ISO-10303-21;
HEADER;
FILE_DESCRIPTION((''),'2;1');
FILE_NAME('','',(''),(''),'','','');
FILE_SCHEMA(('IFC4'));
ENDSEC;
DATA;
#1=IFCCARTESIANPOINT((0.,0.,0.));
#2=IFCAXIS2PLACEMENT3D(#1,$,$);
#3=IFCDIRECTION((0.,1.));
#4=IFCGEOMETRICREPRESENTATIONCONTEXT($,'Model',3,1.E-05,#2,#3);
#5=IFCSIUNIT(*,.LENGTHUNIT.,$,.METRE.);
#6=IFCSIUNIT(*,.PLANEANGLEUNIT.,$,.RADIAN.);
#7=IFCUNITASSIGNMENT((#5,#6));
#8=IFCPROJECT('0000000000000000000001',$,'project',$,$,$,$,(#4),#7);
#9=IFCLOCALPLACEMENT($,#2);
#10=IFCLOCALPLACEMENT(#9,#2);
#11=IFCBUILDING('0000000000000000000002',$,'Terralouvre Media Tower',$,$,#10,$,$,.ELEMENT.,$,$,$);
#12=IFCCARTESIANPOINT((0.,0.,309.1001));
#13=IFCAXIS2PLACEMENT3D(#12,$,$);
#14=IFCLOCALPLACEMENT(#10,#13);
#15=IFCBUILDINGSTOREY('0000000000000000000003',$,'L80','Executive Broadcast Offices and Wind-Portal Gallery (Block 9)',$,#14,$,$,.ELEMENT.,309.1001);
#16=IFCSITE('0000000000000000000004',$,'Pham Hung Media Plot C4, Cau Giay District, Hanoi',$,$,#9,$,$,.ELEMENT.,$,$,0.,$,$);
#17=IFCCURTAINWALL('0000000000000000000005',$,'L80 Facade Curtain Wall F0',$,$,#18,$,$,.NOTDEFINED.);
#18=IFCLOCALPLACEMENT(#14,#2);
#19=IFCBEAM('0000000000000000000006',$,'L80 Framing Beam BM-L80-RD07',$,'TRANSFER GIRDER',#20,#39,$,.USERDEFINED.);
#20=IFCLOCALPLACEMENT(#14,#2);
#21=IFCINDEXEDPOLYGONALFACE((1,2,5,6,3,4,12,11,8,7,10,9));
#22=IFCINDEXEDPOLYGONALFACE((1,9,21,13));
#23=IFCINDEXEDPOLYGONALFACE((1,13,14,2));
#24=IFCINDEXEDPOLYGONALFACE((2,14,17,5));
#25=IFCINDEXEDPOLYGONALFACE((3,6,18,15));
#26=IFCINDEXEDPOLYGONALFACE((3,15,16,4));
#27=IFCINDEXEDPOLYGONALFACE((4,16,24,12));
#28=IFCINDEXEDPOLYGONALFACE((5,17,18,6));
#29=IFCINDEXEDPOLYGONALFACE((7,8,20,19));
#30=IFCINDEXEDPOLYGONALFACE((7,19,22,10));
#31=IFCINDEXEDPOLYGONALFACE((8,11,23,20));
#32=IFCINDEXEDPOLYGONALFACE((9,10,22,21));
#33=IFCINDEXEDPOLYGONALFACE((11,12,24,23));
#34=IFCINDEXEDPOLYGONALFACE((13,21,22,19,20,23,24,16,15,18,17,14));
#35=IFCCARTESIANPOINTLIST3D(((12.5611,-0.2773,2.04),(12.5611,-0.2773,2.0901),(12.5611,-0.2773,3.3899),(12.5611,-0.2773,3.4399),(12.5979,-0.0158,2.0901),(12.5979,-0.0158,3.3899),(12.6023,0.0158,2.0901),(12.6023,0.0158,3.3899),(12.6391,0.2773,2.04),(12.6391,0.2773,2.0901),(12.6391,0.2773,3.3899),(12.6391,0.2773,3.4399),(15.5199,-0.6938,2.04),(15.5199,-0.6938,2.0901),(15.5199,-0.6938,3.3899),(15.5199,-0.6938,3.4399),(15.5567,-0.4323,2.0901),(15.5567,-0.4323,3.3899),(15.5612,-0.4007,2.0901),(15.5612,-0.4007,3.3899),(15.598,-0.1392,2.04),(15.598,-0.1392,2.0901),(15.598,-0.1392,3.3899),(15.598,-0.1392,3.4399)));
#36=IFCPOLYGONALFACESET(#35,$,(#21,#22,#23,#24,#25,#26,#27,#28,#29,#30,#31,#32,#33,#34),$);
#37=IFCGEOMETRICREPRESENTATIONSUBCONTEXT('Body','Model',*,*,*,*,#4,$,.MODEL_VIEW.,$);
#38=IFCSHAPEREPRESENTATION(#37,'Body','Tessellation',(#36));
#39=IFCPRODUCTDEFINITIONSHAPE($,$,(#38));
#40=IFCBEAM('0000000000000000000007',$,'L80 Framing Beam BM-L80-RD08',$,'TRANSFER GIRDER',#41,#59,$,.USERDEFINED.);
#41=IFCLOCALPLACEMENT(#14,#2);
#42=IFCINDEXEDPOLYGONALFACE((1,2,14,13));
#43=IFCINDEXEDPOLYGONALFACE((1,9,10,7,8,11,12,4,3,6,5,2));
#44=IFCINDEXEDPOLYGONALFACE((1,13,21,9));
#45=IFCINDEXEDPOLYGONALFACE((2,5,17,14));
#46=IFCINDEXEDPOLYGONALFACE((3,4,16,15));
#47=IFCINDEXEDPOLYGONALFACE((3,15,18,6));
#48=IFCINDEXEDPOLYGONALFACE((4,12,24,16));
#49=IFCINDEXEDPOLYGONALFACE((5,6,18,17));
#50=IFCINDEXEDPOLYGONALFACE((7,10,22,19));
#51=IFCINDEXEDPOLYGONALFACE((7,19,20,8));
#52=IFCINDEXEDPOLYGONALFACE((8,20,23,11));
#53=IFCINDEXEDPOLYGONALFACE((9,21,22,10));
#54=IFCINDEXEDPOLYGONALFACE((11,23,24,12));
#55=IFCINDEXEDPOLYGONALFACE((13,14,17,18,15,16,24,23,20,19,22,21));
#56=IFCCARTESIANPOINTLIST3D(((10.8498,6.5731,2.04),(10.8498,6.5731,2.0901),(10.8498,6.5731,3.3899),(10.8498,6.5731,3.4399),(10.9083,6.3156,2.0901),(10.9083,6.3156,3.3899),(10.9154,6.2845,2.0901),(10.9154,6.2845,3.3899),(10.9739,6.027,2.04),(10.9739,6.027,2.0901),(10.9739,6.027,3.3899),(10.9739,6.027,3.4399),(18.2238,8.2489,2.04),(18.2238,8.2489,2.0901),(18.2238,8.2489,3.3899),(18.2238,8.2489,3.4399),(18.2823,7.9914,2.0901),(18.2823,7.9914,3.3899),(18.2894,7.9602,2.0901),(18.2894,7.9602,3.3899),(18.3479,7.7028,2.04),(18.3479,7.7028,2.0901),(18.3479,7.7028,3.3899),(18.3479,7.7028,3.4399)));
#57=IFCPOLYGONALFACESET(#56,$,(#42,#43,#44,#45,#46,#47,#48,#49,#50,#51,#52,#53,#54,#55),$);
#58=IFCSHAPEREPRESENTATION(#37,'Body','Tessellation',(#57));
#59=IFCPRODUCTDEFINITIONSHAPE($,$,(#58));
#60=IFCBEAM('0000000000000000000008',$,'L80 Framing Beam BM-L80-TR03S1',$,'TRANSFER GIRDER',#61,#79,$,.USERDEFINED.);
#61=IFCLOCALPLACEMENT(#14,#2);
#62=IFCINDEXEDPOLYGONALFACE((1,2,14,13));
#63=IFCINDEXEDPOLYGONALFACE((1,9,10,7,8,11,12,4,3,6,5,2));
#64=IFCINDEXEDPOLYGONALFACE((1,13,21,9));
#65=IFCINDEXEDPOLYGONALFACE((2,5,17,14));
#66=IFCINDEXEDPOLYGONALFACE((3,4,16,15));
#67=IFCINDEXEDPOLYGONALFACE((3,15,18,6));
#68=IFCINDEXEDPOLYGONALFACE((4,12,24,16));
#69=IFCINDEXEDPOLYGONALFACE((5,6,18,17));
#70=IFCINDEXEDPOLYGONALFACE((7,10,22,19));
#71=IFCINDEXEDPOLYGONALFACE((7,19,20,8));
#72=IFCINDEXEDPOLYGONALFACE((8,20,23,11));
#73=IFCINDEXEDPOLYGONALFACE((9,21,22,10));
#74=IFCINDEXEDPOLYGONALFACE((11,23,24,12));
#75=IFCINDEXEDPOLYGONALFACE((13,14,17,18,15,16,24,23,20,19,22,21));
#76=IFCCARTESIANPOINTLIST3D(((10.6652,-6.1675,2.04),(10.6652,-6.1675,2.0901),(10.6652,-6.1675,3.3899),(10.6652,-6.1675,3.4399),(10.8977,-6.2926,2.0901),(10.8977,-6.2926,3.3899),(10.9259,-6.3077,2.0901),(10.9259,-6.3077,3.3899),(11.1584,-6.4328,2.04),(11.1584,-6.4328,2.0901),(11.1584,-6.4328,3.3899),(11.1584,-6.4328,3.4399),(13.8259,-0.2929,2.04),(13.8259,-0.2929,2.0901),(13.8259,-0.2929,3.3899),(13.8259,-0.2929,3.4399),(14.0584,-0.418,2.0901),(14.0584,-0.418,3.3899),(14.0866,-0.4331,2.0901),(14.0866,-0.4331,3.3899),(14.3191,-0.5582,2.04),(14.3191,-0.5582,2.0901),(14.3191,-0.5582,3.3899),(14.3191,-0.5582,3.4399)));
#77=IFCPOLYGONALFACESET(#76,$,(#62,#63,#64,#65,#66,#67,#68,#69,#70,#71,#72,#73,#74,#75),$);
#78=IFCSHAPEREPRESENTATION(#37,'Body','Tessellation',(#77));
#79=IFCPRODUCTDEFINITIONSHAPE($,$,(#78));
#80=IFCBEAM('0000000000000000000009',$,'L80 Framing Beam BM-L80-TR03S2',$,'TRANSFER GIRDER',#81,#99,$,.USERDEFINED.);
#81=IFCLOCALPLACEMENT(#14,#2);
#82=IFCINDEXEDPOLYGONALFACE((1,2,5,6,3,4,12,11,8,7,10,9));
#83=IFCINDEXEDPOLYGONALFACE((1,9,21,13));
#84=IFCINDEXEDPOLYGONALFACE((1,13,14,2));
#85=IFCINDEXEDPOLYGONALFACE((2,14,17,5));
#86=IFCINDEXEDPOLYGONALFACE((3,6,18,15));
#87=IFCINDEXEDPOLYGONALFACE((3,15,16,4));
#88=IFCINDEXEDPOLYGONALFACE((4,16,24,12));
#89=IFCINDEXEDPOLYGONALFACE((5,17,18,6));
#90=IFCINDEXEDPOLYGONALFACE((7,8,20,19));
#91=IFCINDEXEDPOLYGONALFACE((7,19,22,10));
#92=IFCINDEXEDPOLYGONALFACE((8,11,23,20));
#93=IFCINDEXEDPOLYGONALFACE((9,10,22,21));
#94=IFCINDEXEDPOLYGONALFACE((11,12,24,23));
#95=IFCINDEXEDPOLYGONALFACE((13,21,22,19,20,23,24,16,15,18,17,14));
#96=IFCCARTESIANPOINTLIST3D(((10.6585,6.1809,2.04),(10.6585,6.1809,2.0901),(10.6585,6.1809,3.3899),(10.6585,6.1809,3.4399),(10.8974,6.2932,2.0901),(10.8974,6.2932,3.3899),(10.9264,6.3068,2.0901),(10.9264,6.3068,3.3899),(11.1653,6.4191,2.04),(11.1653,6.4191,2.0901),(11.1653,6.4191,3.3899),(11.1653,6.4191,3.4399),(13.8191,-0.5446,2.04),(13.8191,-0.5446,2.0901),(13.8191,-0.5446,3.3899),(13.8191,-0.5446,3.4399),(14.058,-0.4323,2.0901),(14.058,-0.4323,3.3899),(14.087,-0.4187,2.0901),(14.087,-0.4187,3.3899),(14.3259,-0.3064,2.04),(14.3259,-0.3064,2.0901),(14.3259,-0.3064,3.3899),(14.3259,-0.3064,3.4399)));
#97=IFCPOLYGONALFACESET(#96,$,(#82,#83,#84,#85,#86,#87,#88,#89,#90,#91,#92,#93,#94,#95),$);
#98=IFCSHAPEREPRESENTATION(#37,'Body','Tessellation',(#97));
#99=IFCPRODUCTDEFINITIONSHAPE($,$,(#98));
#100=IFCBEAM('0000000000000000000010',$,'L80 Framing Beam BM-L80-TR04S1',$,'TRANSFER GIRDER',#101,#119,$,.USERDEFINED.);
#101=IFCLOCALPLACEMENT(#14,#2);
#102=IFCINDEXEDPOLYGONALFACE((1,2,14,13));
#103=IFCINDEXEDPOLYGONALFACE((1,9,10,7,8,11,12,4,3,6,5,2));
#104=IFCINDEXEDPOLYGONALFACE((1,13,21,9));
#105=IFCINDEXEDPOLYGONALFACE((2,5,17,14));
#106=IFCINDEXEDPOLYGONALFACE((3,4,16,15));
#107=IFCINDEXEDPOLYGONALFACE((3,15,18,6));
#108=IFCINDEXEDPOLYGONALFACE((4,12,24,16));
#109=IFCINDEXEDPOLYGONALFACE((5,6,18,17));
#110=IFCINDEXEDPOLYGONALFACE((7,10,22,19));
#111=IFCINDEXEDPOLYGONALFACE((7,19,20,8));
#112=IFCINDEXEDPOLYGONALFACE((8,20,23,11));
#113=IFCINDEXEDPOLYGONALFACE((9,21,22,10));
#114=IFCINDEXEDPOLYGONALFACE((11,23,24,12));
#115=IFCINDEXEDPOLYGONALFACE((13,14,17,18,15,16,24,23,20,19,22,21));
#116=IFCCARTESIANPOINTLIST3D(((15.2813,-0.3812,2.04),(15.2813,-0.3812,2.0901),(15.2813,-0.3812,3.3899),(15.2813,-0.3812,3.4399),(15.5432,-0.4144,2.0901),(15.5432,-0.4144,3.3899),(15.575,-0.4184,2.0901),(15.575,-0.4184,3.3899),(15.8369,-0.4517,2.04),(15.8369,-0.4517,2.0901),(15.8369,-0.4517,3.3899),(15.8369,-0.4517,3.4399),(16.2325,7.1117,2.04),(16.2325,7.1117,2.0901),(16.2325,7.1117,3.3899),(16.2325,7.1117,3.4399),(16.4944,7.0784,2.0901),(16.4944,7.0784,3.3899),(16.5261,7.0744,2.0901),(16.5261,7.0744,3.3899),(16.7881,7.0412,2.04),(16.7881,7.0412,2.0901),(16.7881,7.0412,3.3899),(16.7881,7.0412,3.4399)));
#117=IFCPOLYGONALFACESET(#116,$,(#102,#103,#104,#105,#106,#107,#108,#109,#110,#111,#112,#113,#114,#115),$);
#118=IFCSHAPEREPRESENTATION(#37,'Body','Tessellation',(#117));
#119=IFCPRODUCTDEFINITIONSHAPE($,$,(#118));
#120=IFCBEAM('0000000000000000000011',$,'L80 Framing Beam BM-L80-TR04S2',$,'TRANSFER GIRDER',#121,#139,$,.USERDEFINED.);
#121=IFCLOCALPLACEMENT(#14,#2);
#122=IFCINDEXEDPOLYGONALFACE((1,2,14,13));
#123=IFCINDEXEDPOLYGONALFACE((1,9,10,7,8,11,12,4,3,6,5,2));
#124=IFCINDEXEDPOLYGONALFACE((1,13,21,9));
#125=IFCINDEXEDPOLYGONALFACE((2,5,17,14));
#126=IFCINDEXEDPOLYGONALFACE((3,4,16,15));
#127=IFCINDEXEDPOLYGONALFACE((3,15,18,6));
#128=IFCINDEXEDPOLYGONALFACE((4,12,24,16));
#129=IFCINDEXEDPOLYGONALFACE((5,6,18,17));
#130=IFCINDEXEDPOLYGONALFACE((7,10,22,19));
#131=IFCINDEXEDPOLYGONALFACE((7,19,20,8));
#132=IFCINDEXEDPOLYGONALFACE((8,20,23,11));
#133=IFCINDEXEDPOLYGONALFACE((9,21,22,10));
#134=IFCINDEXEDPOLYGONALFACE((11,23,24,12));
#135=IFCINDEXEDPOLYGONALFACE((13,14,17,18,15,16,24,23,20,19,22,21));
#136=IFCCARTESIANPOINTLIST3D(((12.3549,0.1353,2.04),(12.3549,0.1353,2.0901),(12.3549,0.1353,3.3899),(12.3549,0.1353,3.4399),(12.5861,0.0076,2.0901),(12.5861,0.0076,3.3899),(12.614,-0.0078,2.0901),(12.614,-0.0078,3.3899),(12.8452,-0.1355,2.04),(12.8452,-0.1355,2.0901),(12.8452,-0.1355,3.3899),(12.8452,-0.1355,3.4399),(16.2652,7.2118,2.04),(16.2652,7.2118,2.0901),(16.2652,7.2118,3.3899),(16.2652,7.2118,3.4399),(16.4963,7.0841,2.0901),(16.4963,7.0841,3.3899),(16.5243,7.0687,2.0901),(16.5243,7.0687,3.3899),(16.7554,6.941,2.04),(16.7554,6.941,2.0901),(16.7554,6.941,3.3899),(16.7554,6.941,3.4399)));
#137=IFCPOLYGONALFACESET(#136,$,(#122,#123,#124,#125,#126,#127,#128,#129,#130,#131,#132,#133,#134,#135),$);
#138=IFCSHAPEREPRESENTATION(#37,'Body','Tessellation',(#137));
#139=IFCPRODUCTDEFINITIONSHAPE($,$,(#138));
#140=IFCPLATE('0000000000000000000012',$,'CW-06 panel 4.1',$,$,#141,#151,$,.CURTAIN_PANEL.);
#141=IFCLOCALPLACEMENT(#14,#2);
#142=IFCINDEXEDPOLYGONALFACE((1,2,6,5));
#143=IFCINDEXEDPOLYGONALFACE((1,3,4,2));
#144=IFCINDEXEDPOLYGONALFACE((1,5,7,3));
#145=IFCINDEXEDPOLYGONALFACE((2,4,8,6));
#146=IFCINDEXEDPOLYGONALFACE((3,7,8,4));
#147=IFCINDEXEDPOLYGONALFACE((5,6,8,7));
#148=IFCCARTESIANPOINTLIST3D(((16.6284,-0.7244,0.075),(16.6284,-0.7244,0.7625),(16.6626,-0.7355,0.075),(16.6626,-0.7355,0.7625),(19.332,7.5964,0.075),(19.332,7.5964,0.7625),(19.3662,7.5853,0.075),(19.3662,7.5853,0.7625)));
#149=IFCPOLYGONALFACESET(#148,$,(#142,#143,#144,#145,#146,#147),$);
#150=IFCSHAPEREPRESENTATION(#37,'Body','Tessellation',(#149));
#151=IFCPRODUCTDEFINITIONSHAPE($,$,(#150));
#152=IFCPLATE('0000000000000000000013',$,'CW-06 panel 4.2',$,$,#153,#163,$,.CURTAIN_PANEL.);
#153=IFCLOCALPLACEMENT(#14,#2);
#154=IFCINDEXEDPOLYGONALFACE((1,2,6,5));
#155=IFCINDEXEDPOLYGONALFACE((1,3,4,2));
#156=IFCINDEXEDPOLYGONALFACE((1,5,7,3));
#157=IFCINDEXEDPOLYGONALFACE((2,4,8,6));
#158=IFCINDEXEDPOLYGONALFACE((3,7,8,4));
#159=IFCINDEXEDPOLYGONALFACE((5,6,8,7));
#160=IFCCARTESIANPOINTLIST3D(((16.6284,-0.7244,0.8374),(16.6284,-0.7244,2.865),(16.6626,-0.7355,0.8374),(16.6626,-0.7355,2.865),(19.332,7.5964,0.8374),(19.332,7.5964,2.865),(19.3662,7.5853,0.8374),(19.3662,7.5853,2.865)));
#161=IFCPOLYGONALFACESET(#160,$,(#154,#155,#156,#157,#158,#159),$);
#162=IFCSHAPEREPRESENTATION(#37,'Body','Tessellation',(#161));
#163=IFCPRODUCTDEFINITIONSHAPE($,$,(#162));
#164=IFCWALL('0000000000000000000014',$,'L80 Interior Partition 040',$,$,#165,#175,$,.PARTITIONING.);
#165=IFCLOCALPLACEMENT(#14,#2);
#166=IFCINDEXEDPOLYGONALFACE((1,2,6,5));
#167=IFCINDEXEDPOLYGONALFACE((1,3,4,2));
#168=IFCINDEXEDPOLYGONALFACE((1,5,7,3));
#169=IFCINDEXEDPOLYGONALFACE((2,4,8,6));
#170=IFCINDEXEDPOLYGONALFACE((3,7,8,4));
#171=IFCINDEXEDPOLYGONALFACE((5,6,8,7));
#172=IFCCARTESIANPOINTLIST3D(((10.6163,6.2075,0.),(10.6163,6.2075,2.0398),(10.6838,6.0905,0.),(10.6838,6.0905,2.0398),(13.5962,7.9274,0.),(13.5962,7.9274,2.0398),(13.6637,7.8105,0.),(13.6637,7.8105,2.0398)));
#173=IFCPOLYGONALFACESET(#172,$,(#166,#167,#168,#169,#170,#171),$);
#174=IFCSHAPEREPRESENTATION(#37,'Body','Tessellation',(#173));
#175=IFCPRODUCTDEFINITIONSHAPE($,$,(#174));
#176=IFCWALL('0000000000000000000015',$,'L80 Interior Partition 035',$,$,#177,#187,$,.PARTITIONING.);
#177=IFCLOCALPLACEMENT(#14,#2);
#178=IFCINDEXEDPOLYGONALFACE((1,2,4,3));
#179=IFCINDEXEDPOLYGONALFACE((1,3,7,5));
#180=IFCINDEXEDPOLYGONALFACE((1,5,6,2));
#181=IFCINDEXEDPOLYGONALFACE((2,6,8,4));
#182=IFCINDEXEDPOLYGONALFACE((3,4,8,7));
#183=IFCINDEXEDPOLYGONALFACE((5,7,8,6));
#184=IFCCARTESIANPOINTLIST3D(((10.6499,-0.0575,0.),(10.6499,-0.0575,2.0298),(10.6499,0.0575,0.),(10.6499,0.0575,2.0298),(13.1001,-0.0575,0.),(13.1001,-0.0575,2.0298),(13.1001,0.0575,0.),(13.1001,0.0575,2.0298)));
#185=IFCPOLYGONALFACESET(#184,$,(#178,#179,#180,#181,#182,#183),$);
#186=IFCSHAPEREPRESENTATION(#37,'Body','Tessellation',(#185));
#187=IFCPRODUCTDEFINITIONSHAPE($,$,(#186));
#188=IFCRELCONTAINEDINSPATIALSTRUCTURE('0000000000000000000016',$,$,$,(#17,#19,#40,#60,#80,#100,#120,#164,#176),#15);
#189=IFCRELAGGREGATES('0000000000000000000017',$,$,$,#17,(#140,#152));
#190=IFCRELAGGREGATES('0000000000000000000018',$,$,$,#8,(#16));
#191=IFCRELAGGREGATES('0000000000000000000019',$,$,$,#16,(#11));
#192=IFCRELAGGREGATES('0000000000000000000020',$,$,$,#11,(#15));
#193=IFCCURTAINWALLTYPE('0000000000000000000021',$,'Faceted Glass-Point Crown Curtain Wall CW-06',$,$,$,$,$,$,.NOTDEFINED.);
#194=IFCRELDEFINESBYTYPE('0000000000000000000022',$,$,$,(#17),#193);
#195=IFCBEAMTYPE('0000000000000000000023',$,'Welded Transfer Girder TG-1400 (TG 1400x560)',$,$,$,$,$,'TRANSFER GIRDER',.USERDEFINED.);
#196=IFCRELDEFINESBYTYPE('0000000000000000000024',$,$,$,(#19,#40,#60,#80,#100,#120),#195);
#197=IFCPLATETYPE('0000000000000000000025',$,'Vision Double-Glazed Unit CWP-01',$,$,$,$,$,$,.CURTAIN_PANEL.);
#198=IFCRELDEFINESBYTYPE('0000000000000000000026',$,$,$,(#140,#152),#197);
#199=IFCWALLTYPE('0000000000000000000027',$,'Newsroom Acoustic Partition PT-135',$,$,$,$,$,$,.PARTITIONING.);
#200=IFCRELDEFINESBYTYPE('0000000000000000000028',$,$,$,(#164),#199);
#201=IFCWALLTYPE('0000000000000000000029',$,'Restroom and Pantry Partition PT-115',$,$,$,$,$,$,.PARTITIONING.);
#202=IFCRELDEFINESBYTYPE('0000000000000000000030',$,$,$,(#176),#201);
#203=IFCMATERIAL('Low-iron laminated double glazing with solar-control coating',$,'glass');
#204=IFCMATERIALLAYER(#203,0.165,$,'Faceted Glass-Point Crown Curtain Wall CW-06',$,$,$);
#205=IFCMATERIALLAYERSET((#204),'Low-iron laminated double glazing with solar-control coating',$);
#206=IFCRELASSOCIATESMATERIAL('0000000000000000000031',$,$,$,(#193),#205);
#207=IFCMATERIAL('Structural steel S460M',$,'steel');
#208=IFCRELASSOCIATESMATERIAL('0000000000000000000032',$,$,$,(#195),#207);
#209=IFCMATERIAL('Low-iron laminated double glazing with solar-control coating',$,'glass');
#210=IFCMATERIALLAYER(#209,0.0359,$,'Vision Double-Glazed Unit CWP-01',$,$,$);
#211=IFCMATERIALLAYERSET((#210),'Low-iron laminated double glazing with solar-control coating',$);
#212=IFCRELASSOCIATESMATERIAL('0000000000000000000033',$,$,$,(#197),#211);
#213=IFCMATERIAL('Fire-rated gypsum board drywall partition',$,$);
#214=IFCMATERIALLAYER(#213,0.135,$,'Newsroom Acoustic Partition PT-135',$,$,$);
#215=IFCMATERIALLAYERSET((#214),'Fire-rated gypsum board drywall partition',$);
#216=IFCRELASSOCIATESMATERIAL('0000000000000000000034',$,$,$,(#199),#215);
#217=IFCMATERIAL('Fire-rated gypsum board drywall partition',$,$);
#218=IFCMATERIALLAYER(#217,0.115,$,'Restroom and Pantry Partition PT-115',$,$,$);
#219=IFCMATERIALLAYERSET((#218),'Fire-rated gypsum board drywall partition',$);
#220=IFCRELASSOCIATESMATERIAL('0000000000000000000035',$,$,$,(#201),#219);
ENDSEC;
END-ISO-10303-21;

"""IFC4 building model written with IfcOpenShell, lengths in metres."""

from ifc_helpers import new_model, si_unit, direction, frame, frame_2d, origin, origin_2d, place, context, subcontext, project, spatial, rectangle, i_section, extrude, material, layer, layer_set, material_profile, profile_set, type_object, element, aggregate, save


model = new_model("IFC4")

# Units and contexts
model_context = context("Model", 3, precision=1e-05, world=origin(), true_north=direction((0.0, 1.0)))
body_context = subcontext(model_context, "Body", "Model", "MODEL_VIEW")
ifc_project = project(units=[si_unit("LENGTHUNIT", "METRE"), si_unit("PLANEANGLEUNIT", "RADIAN")], contexts=[model_context])

# Site, building, storey
site_placement = place(None, origin())
site = spatial("IfcSite", under=ifc_project, at=site_placement, Name="Pham Hung Media Plot C4, Cau Giay District, Hanoi", CompositionType="ELEMENT", RefElevation=0.0)
building_placement = place(site_placement, origin())
building = spatial("IfcBuilding", under=site, at=building_placement, Name="Terralouvre Media Tower", CompositionType="ELEMENT")
storey_placement = place(building_placement, frame((0.0, 0.0, 309.1001)))
storey = spatial("IfcBuildingStorey", under=building, at=storey_placement, Name="L80", Description="Executive Broadcast Offices and Wind-Portal Gallery (Block 9)", CompositionType="ELEMENT", Elevation=309.1001)

# Curtain wall
ifc_material_1 = material(Name="Low-iron laminated double glazing with solar-control coating", Category="glass")
ifc_layer_1 = layer(ifc_material_1, 0.165, Name="Faceted Glass-Point Crown Curtain Wall CW-06")
ifc_layer_set_1 = layer_set([ifc_layer_1], Name="Low-iron laminated double glazing with solar-control coating")
curtain_wall_type = type_object("IfcCurtainWallType", Name="Faceted Glass-Point Crown Curtain Wall CW-06", PredefinedType="NOTDEFINED", material=ifc_layer_set_1)
curtain_wall_placement = place(storey_placement, origin())
curtain_wall = element("IfcCurtainWall", 1, at=curtain_wall_placement, inside=storey, type_object=curtain_wall_type, Name="L80 Facade Curtain Wall F0", PredefinedType="NOTDEFINED")

# Beams
ifc_material_2 = material(Name="Structural steel S460M", Category="steel")
ifc_material_profile_1 = material_profile(ifc_material_2, i_section(OverallWidth=0.5601, OverallDepth=1.3999, WebThickness=0.032, FlangeThickness=0.05, at=origin_2d()), Name="TG 1400x560")
ifc_profile_set_1 = profile_set([ifc_material_profile_1], Name="Structural steel S460M")
beam_type_1 = type_object("IfcBeamType", Name="Welded Transfer Girder TG-1400 (TG 1400x560)", ElementType="TRANSFER GIRDER", PredefinedType="USERDEFINED", material=ifc_profile_set_1)
beam_1_placement = place(storey_placement, frame((12.6001, 0.0, 2.74), z_axis=(0.990238, -0.139385, 0.0), x_axis=(0.139385, 0.990238, 0.0)))
element("IfcBeam", 2, at=beam_1_placement, inside=storey, type_object=beam_type_1, Name="L80 Framing Beam BM-L80-RD07", ObjectType="TRANSFER GIRDER", PredefinedType="USERDEFINED", context=body_context, shape_type="SweptSolid", body=[
    extrude(i_section(OverallWidth=0.5601, OverallDepth=1.3999, WebThickness=0.032, FlangeThickness=0.05, at=origin_2d()), origin(), (0.0, 0.0, 1.0), 2.988),
])
beam_2_placement = place(storey_placement, frame((10.9119, 6.3, 2.74), z_axis=(0.975137, 0.221604, 0.0), x_axis=(-0.221604, 0.975137, 0.0)))
element("IfcBeam", 3, at=beam_2_placement, inside=storey, type_object=beam_type_1, Name="L80 Framing Beam BM-L80-RD08", ObjectType="TRANSFER GIRDER", PredefinedType="USERDEFINED", context=body_context, shape_type="SweptSolid", body=[
    extrude(i_section(OverallWidth=0.5601, OverallDepth=1.3999, WebThickness=0.032, FlangeThickness=0.05, at=origin_2d()), origin(), (0.0, 0.0, 1.0), 7.562),
])
beam_3_placement = place(storey_placement, frame((14.0725, -0.4255, 2.74), z_axis=(-0.473803, -0.880631, 0.0), x_axis=(0.880631, -0.473803, 0.0)))
element("IfcBeam", 4, at=beam_3_placement, inside=storey, type_object=beam_type_1, Name="L80 Framing Beam BM-L80-TR03S1", ObjectType="TRANSFER GIRDER", PredefinedType="USERDEFINED", context=body_context, shape_type="SweptSolid", body=[
    extrude(i_section(OverallWidth=0.5601, OverallDepth=1.3999, WebThickness=0.032, FlangeThickness=0.05, at=origin_2d()), origin(), (0.0, 0.0, 1.0), 6.6709),
])
beam_4_placement = place(storey_placement, frame((14.0725, -0.4255, 2.74), z_axis=(-0.425319, 0.905043, 0.0), x_axis=(-0.905043, -0.425319, 0.0)))
element("IfcBeam", 5, at=beam_4_placement, inside=storey, type_object=beam_type_1, Name="L80 Framing Beam BM-L80-TR03S2", ObjectType="TRANSFER GIRDER", PredefinedType="USERDEFINED", context=body_context, shape_type="SweptSolid", body=[
    extrude(i_section(OverallWidth=0.5601, OverallDepth=1.3999, WebThickness=0.032, FlangeThickness=0.05, at=origin_2d()), origin(), (0.0, 0.0, 1.0), 7.4312),
])
beam_5_placement = place(storey_placement, frame((16.5103, 7.0764, 2.74), z_axis=(-0.125932, -0.992039, 0.0), x_axis=(0.992039, -0.125932, 0.0)))
element("IfcBeam", 6, at=beam_5_placement, inside=storey, type_object=beam_type_1, Name="L80 Framing Beam BM-L80-TR04S1", ObjectType="TRANSFER GIRDER", PredefinedType="USERDEFINED", context=body_context, shape_type="SweptSolid", body=[
    extrude(i_section(OverallWidth=0.5601, OverallDepth=1.3999, WebThickness=0.032, FlangeThickness=0.05, at=origin_2d()), origin(), (0.0, 0.0, 1.0), 7.553),
])
beam_6_placement = place(storey_placement, frame((16.5103, 7.0764, 2.74), z_axis=(-0.483639, -0.875267, 0.0), x_axis=(0.875267, -0.483639, 0.0)))
element("IfcBeam", 7, at=beam_6_placement, inside=storey, type_object=beam_type_1, Name="L80 Framing Beam BM-L80-TR04S2", ObjectType="TRANSFER GIRDER", PredefinedType="USERDEFINED", context=body_context, shape_type="SweptSolid", body=[
    extrude(i_section(OverallWidth=0.5601, OverallDepth=1.3999, WebThickness=0.032, FlangeThickness=0.05, at=origin_2d()), origin(), (0.0, 0.0, 1.0), 8.085),
])

# Plates
ifc_material_3 = material(Name="Low-iron laminated double glazing with solar-control coating", Category="glass")
ifc_layer_2 = layer(ifc_material_3, 0.0359, Name="Vision Double-Glazed Unit CWP-01")
ifc_layer_set_2 = layer_set([ifc_layer_2], Name="Low-iron laminated double glazing with solar-control coating")
plate_type = type_object("IfcPlateType", Name="Vision Double-Glazed Unit CWP-01", PredefinedType="CURTAIN_PANEL", material=ifc_layer_set_2)
plate_1_placement = place(storey_placement, frame((17.9973, 3.4304, 0.075), z_axis=(0.0, 0.0, 1.0), x_axis=(0.309017, 0.951057, 0.0)))
plate_1 = element("IfcPlate", 8, at=plate_1_placement, type_object=plate_type, Name="CW-06 panel 4.1", PredefinedType="CURTAIN_PANEL", context=body_context, shape_type="SweptSolid", body=[
    extrude(rectangle(XDim=8.749, YDim=0.0359, at=origin_2d()), origin(), (0.0, 0.0, 1.0), 0.6875),
])
plate_2_placement = place(storey_placement, frame((17.9973, 3.4304, 0.8374), z_axis=(0.0, 0.0, 1.0), x_axis=(0.309017, 0.951057, 0.0)))
plate_2 = element("IfcPlate", 9, at=plate_2_placement, type_object=plate_type, Name="CW-06 panel 4.2", PredefinedType="CURTAIN_PANEL", context=body_context, shape_type="SweptSolid", body=[
    extrude(rectangle(XDim=8.749, YDim=0.0359, at=origin_2d()), origin(), (0.0, 0.0, 1.0), 2.0276),
])
aggregate(curtain_wall, [plate_1, plate_2])

# Walls
ifc_material_4 = material(Name="Fire-rated gypsum board drywall partition")
ifc_layer_3 = layer(ifc_material_4, 0.135, Name="Newsroom Acoustic Partition PT-135")
ifc_layer_set_3 = layer_set([ifc_layer_3], Name="Fire-rated gypsum board drywall partition")
wall_type_1 = type_object("IfcWallType", Name="Newsroom Acoustic Partition PT-135", PredefinedType="PARTITIONING", material=ifc_layer_set_3)
wall_1_placement = place(storey_placement, frame((13.6299, 7.8689, 0.0), z_axis=(0.0, 0.0, 1.0), x_axis=(-0.866091, -0.499886, 0.0)))
element("IfcWall", 10, at=wall_1_placement, inside=storey, type_object=wall_type_1, Name="L80 Interior Partition 040", PredefinedType="PARTITIONING", context=body_context, shape_type="SweptSolid", body=[
    extrude(rectangle(XDim=3.4407, YDim=0.135, at=frame_2d((1.7202, 0.0))), origin(), (0.0, 0.0, 1.0), 2.0398),
])
ifc_material_5 = material(Name="Fire-rated gypsum board drywall partition")
ifc_layer_4 = layer(ifc_material_5, 0.115, Name="Restroom and Pantry Partition PT-115")
ifc_layer_set_4 = layer_set([ifc_layer_4], Name="Fire-rated gypsum board drywall partition")
wall_type_2 = type_object("IfcWallType", Name="Restroom and Pantry Partition PT-115", PredefinedType="PARTITIONING", material=ifc_layer_set_4)
wall_2_placement = place(storey_placement, frame((13.1001, 0.0, 0.0), z_axis=(0.0, 0.0, 1.0), x_axis=(-1.0, 0.0, 0.0)))
element("IfcWall", 11, at=wall_2_placement, inside=storey, type_object=wall_type_2, Name="L80 Interior Partition 035", PredefinedType="PARTITIONING", context=body_context, shape_type="SweptSolid", body=[
    extrude(rectangle(XDim=2.4502, YDim=0.115, at=frame_2d((1.2251, 0.0))), origin(), (0.0, 0.0, 1.0), 2.0298),
])

save(model, "model.ifc")
